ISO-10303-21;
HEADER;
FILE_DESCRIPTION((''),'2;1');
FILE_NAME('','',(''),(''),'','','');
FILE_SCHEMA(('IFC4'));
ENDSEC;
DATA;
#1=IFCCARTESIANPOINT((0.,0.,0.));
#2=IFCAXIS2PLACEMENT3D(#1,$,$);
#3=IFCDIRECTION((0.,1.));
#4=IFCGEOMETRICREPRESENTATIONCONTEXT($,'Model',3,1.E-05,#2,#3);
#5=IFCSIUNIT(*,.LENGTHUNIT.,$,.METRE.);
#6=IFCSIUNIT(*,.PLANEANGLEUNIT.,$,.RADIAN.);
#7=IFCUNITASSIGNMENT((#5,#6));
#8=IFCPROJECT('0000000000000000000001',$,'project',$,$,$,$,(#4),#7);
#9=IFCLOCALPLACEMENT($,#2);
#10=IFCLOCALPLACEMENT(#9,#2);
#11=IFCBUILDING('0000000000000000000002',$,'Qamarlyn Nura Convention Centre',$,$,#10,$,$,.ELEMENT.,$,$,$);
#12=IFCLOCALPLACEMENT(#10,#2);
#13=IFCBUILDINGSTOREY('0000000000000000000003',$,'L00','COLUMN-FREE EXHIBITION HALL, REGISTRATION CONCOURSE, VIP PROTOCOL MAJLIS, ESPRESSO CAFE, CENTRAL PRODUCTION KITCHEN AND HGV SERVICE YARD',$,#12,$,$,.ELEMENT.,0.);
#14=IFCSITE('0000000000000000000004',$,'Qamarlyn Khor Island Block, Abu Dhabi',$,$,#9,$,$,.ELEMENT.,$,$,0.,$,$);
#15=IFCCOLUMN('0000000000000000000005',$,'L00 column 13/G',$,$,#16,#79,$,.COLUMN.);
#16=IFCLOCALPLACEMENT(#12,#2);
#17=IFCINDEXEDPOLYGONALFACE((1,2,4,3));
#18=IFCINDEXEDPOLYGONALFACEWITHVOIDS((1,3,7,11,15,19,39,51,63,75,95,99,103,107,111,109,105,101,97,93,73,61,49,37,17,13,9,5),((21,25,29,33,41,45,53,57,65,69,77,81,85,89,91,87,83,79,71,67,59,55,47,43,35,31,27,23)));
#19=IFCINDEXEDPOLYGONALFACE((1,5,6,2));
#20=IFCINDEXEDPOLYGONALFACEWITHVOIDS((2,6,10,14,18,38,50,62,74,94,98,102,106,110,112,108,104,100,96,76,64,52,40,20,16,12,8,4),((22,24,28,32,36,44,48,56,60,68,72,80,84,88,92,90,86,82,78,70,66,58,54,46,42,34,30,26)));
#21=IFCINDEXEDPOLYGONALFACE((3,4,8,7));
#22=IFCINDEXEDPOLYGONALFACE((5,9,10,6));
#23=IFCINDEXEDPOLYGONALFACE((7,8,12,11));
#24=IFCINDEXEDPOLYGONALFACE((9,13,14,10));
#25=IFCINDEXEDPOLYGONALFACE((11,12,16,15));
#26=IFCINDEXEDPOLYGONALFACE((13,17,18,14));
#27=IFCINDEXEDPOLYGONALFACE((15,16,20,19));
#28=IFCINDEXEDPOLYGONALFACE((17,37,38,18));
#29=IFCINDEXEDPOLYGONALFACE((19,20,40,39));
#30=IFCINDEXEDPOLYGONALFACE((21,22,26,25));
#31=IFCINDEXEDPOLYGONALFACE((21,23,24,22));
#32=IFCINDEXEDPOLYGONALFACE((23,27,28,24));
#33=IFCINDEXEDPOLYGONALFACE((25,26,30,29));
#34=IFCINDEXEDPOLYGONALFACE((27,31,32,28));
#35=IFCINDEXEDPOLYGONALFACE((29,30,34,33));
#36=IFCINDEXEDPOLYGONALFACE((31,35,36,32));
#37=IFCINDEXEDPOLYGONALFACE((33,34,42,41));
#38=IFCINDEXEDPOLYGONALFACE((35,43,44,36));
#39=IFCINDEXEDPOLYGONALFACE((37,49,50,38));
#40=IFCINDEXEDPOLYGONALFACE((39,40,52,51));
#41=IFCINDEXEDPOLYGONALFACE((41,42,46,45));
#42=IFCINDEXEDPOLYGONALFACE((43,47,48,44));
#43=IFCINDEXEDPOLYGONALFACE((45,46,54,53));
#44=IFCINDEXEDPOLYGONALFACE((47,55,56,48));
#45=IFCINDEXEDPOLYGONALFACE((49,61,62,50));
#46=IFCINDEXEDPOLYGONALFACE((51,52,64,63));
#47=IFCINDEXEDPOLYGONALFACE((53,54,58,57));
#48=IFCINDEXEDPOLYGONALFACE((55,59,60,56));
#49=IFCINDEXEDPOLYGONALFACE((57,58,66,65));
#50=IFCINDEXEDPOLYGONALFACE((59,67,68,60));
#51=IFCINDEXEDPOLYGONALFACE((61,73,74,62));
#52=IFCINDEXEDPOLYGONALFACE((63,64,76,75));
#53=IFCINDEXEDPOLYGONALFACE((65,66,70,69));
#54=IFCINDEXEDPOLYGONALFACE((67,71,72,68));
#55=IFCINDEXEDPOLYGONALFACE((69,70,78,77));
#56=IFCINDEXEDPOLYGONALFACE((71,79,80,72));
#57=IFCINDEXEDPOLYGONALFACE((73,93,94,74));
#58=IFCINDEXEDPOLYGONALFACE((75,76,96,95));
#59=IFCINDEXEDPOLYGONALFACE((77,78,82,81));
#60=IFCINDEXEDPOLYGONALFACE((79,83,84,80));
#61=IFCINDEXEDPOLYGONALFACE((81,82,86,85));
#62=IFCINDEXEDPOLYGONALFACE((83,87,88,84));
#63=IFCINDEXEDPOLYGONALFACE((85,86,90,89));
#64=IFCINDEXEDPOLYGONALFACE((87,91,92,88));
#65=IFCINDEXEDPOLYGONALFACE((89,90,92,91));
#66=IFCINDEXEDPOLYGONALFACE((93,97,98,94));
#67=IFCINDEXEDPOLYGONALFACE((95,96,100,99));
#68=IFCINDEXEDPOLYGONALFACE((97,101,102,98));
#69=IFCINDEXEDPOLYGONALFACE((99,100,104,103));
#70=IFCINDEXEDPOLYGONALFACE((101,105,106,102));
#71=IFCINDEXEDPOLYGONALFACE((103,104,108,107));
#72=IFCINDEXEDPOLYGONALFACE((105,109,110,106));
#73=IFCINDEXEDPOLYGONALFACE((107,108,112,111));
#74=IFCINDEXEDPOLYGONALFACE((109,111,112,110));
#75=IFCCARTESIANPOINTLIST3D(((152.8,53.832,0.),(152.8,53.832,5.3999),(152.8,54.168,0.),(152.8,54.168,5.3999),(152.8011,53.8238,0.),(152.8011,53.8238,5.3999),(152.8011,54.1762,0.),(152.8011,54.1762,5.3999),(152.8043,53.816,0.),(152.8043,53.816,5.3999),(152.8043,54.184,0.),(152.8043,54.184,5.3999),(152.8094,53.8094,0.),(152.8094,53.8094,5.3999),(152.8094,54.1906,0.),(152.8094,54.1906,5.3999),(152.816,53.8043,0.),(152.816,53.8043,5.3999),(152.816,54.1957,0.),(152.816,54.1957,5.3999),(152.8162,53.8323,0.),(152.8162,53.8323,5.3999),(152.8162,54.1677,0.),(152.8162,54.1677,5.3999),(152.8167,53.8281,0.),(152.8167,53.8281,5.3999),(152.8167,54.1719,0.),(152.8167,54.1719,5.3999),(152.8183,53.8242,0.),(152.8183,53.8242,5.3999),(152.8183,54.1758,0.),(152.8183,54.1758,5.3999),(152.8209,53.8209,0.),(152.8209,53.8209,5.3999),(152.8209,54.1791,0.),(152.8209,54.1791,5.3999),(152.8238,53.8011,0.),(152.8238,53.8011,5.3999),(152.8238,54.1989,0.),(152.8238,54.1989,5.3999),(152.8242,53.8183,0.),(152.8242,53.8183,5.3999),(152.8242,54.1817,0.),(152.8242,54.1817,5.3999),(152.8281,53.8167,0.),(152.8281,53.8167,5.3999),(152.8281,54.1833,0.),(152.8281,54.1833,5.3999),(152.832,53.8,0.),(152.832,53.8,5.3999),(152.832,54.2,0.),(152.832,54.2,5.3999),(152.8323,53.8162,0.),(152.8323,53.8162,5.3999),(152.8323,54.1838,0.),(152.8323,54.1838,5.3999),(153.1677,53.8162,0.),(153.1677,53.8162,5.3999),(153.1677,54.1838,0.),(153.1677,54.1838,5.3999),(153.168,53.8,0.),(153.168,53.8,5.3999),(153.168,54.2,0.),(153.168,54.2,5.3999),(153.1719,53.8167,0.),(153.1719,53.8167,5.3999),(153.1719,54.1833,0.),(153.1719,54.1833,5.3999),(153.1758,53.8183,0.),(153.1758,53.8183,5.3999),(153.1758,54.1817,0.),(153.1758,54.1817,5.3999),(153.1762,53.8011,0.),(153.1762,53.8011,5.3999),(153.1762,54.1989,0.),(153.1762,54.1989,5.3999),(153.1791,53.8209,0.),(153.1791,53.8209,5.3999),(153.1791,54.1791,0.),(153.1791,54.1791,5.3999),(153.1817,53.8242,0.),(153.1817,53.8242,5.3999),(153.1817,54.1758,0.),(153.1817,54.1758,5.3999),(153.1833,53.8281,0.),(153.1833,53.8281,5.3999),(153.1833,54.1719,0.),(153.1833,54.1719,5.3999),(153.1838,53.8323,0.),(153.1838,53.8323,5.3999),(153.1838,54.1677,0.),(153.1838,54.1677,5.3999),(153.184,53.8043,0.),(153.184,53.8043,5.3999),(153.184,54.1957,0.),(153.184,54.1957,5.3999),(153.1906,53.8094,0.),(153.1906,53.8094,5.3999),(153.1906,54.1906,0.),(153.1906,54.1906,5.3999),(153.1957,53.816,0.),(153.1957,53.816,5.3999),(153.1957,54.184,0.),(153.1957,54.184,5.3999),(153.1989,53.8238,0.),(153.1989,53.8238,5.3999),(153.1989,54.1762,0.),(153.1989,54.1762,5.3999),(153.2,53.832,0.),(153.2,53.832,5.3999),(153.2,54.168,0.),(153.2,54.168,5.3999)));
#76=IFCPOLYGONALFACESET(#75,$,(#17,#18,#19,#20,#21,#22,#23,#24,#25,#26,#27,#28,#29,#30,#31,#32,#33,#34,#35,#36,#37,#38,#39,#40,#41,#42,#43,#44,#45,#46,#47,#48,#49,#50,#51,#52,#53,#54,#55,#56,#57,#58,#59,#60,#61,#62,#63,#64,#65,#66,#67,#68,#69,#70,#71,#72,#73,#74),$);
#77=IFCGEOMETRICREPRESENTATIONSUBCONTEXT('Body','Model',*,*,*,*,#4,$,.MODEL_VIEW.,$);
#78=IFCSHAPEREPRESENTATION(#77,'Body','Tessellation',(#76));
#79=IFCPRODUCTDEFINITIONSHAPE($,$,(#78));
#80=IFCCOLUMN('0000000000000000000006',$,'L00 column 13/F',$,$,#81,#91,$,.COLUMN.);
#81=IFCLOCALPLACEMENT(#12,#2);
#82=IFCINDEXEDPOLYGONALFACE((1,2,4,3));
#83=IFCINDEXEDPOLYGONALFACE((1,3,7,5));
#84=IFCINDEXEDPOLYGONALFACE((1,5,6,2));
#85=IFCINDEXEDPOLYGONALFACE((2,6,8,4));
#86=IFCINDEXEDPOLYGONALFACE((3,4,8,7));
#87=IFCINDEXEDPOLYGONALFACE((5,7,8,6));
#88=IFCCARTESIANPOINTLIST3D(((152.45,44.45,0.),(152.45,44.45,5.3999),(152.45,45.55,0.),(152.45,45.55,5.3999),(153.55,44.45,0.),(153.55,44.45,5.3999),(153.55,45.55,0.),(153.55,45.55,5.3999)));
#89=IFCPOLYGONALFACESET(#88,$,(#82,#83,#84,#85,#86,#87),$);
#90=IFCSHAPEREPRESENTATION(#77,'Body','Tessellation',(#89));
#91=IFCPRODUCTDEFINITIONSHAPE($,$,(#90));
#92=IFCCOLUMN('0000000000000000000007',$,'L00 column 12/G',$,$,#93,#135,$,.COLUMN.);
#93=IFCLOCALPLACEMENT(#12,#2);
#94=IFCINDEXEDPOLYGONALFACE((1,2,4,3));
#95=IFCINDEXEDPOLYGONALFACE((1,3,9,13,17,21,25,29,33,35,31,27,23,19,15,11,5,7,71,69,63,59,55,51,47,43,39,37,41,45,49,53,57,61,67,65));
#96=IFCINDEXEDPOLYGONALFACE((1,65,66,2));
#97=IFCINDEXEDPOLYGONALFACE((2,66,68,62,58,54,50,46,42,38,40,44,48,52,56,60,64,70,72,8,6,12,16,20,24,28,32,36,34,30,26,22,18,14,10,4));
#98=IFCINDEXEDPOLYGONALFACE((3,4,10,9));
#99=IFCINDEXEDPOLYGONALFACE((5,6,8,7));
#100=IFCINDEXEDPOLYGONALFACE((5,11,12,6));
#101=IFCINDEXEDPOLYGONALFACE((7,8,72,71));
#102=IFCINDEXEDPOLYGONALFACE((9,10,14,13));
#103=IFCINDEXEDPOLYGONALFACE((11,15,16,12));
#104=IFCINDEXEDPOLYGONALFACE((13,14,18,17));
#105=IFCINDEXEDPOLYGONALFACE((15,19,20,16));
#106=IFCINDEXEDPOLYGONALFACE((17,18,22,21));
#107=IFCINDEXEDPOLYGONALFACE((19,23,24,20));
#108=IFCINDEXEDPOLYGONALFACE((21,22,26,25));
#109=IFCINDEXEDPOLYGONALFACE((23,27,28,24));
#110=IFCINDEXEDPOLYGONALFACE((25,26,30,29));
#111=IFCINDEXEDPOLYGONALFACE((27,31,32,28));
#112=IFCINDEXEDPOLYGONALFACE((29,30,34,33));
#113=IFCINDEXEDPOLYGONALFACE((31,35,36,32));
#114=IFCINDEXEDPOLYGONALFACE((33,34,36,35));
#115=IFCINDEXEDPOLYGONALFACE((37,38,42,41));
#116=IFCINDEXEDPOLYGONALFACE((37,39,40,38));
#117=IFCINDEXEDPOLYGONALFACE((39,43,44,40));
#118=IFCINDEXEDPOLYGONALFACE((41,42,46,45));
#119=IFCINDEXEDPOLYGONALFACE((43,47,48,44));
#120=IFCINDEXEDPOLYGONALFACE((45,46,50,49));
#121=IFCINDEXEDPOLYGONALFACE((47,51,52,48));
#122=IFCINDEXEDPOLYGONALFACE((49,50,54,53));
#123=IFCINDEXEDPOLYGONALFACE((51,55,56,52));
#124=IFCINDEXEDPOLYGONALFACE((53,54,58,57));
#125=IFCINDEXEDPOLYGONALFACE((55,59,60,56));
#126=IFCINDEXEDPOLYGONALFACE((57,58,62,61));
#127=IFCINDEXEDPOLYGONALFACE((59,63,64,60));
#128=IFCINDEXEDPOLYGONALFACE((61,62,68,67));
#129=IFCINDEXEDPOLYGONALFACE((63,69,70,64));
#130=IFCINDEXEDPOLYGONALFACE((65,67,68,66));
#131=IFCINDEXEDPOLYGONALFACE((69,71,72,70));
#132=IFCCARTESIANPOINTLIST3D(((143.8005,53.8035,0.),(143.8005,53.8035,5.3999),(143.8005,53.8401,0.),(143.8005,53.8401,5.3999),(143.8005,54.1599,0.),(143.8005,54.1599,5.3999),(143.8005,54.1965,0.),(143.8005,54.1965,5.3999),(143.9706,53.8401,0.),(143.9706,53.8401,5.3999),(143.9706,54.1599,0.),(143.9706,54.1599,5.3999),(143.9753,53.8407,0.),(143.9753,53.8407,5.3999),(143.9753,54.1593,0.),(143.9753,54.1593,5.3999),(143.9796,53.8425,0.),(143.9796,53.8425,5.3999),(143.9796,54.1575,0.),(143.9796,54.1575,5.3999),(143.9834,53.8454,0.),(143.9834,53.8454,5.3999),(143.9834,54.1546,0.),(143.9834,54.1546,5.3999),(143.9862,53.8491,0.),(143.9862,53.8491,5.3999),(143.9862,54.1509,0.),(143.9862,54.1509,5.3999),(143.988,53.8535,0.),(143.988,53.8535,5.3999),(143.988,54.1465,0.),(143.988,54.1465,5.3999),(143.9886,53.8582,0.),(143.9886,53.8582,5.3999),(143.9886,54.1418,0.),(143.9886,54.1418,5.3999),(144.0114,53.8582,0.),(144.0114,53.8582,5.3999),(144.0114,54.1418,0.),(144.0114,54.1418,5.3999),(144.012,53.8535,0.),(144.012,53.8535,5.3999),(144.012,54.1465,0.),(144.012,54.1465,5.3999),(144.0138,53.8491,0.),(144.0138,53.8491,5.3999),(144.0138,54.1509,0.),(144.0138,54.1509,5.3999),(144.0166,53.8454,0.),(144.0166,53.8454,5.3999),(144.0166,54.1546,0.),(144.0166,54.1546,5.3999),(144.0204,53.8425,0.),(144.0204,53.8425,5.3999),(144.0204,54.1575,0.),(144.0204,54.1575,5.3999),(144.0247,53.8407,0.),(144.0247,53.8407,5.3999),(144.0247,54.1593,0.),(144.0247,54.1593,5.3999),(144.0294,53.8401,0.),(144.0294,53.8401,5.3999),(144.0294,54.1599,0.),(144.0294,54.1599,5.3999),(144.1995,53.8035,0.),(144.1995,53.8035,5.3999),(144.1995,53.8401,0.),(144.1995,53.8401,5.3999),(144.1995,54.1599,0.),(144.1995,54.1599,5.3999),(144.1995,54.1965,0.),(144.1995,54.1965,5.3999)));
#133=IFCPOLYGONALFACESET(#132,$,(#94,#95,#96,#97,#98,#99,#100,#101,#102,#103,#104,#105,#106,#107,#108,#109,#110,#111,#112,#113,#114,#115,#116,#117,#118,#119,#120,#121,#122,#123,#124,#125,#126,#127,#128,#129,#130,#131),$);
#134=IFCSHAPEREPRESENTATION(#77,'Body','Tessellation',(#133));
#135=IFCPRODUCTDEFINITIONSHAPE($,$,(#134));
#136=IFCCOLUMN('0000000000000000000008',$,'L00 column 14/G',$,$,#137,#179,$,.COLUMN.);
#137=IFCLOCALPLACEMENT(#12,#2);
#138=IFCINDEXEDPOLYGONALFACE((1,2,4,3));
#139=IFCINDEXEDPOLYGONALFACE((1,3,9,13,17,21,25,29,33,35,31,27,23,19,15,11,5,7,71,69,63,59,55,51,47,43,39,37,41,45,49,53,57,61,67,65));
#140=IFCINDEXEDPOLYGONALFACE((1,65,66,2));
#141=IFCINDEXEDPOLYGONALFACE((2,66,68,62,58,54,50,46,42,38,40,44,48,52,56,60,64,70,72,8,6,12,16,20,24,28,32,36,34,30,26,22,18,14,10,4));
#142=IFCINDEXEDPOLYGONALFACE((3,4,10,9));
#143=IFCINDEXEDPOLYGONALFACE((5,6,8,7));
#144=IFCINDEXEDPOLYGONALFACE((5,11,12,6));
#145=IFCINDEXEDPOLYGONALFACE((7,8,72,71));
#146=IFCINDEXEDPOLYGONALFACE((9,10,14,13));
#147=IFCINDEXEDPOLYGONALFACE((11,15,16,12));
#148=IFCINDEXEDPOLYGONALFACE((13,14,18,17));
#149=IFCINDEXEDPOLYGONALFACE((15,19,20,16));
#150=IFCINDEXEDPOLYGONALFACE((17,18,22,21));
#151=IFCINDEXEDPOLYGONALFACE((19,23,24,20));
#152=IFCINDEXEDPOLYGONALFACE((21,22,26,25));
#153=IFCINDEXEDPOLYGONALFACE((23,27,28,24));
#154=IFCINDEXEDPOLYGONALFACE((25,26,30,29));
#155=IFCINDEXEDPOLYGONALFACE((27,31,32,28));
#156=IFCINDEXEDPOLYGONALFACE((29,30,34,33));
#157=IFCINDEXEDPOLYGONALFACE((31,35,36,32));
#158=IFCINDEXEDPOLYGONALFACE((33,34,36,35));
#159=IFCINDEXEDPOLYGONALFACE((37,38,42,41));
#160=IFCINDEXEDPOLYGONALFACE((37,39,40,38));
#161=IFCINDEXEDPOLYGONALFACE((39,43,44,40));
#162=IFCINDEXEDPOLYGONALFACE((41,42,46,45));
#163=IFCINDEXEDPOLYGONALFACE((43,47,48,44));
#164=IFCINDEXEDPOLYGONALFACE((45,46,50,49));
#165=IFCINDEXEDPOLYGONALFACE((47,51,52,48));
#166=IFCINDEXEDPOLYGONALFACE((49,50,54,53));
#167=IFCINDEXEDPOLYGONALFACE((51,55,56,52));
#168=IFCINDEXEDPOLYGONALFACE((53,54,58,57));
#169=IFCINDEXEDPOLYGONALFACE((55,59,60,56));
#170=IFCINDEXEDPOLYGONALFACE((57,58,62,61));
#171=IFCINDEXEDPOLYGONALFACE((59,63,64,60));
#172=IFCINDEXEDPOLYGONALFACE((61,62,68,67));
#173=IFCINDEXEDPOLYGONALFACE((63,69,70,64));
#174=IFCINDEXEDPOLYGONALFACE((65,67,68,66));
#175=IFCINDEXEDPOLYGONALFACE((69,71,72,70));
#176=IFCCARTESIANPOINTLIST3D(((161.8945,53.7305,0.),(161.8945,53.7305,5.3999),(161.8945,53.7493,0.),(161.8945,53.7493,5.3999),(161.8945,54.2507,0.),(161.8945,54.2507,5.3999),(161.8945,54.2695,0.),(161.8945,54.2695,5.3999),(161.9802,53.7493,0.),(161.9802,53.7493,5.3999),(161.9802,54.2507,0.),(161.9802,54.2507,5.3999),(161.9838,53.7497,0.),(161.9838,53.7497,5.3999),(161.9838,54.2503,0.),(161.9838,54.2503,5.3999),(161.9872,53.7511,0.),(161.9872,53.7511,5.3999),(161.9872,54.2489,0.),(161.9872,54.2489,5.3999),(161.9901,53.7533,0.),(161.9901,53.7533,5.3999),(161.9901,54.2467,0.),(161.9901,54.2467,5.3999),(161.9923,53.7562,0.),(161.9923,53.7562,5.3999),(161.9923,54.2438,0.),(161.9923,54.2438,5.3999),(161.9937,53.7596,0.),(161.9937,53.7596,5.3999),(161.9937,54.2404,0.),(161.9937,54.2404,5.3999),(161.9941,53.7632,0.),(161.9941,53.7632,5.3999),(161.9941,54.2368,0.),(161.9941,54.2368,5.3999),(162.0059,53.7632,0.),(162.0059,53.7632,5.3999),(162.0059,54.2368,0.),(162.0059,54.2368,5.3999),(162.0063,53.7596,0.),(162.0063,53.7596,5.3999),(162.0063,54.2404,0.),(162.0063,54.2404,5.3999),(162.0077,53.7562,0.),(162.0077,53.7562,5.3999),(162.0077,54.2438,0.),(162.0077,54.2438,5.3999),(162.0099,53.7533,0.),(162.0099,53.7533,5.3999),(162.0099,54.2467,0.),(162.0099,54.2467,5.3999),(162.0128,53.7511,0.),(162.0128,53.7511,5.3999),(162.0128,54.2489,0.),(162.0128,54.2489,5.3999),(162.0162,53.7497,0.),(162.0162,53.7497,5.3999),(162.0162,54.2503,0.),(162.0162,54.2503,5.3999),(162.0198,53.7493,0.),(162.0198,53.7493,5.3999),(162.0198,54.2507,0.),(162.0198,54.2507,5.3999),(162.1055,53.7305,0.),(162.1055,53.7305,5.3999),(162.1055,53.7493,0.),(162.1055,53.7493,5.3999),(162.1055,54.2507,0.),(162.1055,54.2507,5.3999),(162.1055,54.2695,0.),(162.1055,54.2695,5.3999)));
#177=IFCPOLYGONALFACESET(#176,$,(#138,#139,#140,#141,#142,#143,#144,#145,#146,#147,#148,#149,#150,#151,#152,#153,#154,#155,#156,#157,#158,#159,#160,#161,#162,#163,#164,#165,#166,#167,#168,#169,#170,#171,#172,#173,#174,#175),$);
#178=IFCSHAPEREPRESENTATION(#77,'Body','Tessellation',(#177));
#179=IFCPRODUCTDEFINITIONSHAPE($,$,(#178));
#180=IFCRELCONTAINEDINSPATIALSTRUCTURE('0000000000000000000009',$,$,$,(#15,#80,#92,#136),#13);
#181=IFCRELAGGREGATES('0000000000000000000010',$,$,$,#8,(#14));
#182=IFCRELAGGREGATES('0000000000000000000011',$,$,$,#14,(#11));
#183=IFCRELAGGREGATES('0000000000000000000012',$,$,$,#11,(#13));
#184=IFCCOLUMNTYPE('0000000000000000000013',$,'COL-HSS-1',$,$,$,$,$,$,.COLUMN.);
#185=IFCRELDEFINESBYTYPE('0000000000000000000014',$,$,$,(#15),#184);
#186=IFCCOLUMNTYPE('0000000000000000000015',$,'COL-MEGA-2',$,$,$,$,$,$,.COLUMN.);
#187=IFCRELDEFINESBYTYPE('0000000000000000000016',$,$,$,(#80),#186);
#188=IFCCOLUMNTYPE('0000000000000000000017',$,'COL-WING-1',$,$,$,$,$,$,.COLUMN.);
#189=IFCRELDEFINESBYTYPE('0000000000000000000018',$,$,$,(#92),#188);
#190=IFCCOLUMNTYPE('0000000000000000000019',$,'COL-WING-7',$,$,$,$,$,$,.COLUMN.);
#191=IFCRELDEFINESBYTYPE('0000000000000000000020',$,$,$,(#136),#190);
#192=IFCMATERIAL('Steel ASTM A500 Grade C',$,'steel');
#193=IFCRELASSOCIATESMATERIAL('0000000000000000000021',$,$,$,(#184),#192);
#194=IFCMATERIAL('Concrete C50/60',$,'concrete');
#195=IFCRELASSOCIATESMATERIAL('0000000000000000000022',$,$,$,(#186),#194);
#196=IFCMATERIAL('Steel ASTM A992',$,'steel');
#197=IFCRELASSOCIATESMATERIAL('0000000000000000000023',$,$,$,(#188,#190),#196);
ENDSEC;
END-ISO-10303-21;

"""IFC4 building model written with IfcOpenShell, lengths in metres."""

from ifc_helpers import new_model, si_unit, direction, frame, origin, origin_2d, place, context, subcontext, project, spatial, rectangle, hollow_rectangle, i_section, extrude, material, material_profile, profile_set, type_object, element, save


model = new_model("IFC4")

# Units and contexts
model_context = context("Model", 3, precision=1e-05, world=origin(), true_north=direction((0.0, 1.0)))
body_context = subcontext(model_context, "Body", "Model", "MODEL_VIEW")
ifc_project = project(units=[si_unit("LENGTHUNIT", "METRE"), si_unit("PLANEANGLEUNIT", "RADIAN")], contexts=[model_context])

# Site, building, storey
site_placement = place(None, origin())
site = spatial("IfcSite", under=ifc_project, at=site_placement, Name="Qamarlyn Khor Island Block, Abu Dhabi", CompositionType="ELEMENT", RefElevation=0.0)
building_placement = place(site_placement, origin())
building = spatial("IfcBuilding", under=site, at=building_placement, Name="Qamarlyn Nura Convention Centre", CompositionType="ELEMENT")
storey_placement = place(building_placement, origin())
storey = spatial("IfcBuildingStorey", under=building, at=storey_placement, Name="L00", Description="COLUMN-FREE EXHIBITION HALL, REGISTRATION CONCOURSE, VIP PROTOCOL MAJLIS, ESPRESSO CAFE, CENTRAL PRODUCTION KITCHEN AND HGV SERVICE YARD", CompositionType="ELEMENT", Elevation=0.0)

# Columns
ifc_material_1 = material(Name="Steel ASTM A500 Grade C", Category="steel")
ifc_material_profile_1 = material_profile(ifc_material_1, hollow_rectangle(XDim=0.3999, YDim=0.3999, WallThickness=0.0161, InnerFilletRadius=0.0161, OuterFilletRadius=0.032, at=origin_2d()), Name="HSS400X400X16")
ifc_profile_set_1 = profile_set([ifc_material_profile_1], Name="Steel ASTM A500 Grade C")
column_type_1 = type_object("IfcColumnType", Name="COL-HSS-1", PredefinedType="COLUMN", material=ifc_profile_set_1)
column_1_placement = place(storey_placement, frame((153.0, 54.0, 0.0), z_axis=(0.0, 0.0, 1.0), x_axis=(1.0, 0.0, 0.0)))
element("IfcColumn", 1, at=column_1_placement, inside=storey, type_object=column_type_1, Name="L00 column 13/G", PredefinedType="COLUMN", context=body_context, shape_type="SweptSolid", body=[
    extrude(hollow_rectangle(XDim=0.3999, YDim=0.3999, WallThickness=0.0161, InnerFilletRadius=0.0161, OuterFilletRadius=0.032, at=origin_2d()), origin(), (0.0, 0.0, 1.0), 5.3999),
])
ifc_material_2 = material(Name="Concrete C50/60", Category="concrete")
ifc_material_profile_2 = material_profile(ifc_material_2, rectangle(XDim=1.1001, YDim=1.1001, at=origin_2d()), Name="RC 1100x1100")
ifc_profile_set_2 = profile_set([ifc_material_profile_2], Name="Concrete C50/60")
column_type_2 = type_object("IfcColumnType", Name="COL-MEGA-2", PredefinedType="COLUMN", material=ifc_profile_set_2)
column_2_placement = place(storey_placement, frame((153.0, 45.0, 0.0), z_axis=(0.0, 0.0, 1.0), x_axis=(1.0, 0.0, 0.0)))
element("IfcColumn", 2, at=column_2_placement, inside=storey, type_object=column_type_2, Name="L00 column 13/F", PredefinedType="COLUMN", context=body_context, shape_type="SweptSolid", body=[
    extrude(rectangle(XDim=1.1001, YDim=1.1001, at=origin_2d()), origin(), (0.0, 0.0, 1.0), 5.3999),
])
ifc_material_3 = material(Name="Steel ASTM A992", Category="steel")
ifc_material_profile_3 = material_profile(ifc_material_3, i_section(OverallWidth=0.3989, OverallDepth=0.3931, WebThickness=0.0227, FlangeThickness=0.0366, FilletRadius=0.0181, at=origin_2d()), Name="W360X287")
ifc_profile_set_3 = profile_set([ifc_material_profile_3], Name="Steel ASTM A992")
column_type_3 = type_object("IfcColumnType", Name="COL-WING-1", PredefinedType="COLUMN", material=ifc_profile_set_3)
column_3_placement = place(storey_placement, frame((144.0, 54.0, 0.0), z_axis=(0.0, 0.0, 1.0), x_axis=(1.0, 0.0, 0.0)))
element("IfcColumn", 3, at=column_3_placement, inside=storey, type_object=column_type_3, Name="L00 column 12/G", PredefinedType="COLUMN", context=body_context, shape_type="SweptSolid", body=[
    extrude(i_section(OverallWidth=0.3989, OverallDepth=0.3931, WebThickness=0.0227, FlangeThickness=0.0366, FilletRadius=0.0181, at=origin_2d()), origin(), (0.0, 0.0, 1.0), 5.3999),
])
ifc_material_profile_4 = material_profile(ifc_material_3, i_section(OverallWidth=0.2109, OverallDepth=0.5391, WebThickness=0.0117, FlangeThickness=0.0188, FilletRadius=0.0139, at=origin_2d()), Name="W530X109")
ifc_profile_set_4 = profile_set([ifc_material_profile_4], Name="Steel ASTM A992")
column_type_4 = type_object("IfcColumnType", Name="COL-WING-7", PredefinedType="COLUMN", material=ifc_profile_set_4)
column_4_placement = place(storey_placement, frame((162.0, 54.0, 0.0), z_axis=(0.0, 0.0, 1.0), x_axis=(1.0, 0.0, 0.0)))
element("IfcColumn", 4, at=column_4_placement, inside=storey, type_object=column_type_4, Name="L00 column 14/G", PredefinedType="COLUMN", context=body_context, shape_type="SweptSolid", body=[
    extrude(i_section(OverallWidth=0.2109, OverallDepth=0.5391, WebThickness=0.0117, FlangeThickness=0.0188, FilletRadius=0.0139, at=origin_2d()), origin(), (0.0, 0.0, 1.0), 5.3999),
])

save(model, "model.ifc")
